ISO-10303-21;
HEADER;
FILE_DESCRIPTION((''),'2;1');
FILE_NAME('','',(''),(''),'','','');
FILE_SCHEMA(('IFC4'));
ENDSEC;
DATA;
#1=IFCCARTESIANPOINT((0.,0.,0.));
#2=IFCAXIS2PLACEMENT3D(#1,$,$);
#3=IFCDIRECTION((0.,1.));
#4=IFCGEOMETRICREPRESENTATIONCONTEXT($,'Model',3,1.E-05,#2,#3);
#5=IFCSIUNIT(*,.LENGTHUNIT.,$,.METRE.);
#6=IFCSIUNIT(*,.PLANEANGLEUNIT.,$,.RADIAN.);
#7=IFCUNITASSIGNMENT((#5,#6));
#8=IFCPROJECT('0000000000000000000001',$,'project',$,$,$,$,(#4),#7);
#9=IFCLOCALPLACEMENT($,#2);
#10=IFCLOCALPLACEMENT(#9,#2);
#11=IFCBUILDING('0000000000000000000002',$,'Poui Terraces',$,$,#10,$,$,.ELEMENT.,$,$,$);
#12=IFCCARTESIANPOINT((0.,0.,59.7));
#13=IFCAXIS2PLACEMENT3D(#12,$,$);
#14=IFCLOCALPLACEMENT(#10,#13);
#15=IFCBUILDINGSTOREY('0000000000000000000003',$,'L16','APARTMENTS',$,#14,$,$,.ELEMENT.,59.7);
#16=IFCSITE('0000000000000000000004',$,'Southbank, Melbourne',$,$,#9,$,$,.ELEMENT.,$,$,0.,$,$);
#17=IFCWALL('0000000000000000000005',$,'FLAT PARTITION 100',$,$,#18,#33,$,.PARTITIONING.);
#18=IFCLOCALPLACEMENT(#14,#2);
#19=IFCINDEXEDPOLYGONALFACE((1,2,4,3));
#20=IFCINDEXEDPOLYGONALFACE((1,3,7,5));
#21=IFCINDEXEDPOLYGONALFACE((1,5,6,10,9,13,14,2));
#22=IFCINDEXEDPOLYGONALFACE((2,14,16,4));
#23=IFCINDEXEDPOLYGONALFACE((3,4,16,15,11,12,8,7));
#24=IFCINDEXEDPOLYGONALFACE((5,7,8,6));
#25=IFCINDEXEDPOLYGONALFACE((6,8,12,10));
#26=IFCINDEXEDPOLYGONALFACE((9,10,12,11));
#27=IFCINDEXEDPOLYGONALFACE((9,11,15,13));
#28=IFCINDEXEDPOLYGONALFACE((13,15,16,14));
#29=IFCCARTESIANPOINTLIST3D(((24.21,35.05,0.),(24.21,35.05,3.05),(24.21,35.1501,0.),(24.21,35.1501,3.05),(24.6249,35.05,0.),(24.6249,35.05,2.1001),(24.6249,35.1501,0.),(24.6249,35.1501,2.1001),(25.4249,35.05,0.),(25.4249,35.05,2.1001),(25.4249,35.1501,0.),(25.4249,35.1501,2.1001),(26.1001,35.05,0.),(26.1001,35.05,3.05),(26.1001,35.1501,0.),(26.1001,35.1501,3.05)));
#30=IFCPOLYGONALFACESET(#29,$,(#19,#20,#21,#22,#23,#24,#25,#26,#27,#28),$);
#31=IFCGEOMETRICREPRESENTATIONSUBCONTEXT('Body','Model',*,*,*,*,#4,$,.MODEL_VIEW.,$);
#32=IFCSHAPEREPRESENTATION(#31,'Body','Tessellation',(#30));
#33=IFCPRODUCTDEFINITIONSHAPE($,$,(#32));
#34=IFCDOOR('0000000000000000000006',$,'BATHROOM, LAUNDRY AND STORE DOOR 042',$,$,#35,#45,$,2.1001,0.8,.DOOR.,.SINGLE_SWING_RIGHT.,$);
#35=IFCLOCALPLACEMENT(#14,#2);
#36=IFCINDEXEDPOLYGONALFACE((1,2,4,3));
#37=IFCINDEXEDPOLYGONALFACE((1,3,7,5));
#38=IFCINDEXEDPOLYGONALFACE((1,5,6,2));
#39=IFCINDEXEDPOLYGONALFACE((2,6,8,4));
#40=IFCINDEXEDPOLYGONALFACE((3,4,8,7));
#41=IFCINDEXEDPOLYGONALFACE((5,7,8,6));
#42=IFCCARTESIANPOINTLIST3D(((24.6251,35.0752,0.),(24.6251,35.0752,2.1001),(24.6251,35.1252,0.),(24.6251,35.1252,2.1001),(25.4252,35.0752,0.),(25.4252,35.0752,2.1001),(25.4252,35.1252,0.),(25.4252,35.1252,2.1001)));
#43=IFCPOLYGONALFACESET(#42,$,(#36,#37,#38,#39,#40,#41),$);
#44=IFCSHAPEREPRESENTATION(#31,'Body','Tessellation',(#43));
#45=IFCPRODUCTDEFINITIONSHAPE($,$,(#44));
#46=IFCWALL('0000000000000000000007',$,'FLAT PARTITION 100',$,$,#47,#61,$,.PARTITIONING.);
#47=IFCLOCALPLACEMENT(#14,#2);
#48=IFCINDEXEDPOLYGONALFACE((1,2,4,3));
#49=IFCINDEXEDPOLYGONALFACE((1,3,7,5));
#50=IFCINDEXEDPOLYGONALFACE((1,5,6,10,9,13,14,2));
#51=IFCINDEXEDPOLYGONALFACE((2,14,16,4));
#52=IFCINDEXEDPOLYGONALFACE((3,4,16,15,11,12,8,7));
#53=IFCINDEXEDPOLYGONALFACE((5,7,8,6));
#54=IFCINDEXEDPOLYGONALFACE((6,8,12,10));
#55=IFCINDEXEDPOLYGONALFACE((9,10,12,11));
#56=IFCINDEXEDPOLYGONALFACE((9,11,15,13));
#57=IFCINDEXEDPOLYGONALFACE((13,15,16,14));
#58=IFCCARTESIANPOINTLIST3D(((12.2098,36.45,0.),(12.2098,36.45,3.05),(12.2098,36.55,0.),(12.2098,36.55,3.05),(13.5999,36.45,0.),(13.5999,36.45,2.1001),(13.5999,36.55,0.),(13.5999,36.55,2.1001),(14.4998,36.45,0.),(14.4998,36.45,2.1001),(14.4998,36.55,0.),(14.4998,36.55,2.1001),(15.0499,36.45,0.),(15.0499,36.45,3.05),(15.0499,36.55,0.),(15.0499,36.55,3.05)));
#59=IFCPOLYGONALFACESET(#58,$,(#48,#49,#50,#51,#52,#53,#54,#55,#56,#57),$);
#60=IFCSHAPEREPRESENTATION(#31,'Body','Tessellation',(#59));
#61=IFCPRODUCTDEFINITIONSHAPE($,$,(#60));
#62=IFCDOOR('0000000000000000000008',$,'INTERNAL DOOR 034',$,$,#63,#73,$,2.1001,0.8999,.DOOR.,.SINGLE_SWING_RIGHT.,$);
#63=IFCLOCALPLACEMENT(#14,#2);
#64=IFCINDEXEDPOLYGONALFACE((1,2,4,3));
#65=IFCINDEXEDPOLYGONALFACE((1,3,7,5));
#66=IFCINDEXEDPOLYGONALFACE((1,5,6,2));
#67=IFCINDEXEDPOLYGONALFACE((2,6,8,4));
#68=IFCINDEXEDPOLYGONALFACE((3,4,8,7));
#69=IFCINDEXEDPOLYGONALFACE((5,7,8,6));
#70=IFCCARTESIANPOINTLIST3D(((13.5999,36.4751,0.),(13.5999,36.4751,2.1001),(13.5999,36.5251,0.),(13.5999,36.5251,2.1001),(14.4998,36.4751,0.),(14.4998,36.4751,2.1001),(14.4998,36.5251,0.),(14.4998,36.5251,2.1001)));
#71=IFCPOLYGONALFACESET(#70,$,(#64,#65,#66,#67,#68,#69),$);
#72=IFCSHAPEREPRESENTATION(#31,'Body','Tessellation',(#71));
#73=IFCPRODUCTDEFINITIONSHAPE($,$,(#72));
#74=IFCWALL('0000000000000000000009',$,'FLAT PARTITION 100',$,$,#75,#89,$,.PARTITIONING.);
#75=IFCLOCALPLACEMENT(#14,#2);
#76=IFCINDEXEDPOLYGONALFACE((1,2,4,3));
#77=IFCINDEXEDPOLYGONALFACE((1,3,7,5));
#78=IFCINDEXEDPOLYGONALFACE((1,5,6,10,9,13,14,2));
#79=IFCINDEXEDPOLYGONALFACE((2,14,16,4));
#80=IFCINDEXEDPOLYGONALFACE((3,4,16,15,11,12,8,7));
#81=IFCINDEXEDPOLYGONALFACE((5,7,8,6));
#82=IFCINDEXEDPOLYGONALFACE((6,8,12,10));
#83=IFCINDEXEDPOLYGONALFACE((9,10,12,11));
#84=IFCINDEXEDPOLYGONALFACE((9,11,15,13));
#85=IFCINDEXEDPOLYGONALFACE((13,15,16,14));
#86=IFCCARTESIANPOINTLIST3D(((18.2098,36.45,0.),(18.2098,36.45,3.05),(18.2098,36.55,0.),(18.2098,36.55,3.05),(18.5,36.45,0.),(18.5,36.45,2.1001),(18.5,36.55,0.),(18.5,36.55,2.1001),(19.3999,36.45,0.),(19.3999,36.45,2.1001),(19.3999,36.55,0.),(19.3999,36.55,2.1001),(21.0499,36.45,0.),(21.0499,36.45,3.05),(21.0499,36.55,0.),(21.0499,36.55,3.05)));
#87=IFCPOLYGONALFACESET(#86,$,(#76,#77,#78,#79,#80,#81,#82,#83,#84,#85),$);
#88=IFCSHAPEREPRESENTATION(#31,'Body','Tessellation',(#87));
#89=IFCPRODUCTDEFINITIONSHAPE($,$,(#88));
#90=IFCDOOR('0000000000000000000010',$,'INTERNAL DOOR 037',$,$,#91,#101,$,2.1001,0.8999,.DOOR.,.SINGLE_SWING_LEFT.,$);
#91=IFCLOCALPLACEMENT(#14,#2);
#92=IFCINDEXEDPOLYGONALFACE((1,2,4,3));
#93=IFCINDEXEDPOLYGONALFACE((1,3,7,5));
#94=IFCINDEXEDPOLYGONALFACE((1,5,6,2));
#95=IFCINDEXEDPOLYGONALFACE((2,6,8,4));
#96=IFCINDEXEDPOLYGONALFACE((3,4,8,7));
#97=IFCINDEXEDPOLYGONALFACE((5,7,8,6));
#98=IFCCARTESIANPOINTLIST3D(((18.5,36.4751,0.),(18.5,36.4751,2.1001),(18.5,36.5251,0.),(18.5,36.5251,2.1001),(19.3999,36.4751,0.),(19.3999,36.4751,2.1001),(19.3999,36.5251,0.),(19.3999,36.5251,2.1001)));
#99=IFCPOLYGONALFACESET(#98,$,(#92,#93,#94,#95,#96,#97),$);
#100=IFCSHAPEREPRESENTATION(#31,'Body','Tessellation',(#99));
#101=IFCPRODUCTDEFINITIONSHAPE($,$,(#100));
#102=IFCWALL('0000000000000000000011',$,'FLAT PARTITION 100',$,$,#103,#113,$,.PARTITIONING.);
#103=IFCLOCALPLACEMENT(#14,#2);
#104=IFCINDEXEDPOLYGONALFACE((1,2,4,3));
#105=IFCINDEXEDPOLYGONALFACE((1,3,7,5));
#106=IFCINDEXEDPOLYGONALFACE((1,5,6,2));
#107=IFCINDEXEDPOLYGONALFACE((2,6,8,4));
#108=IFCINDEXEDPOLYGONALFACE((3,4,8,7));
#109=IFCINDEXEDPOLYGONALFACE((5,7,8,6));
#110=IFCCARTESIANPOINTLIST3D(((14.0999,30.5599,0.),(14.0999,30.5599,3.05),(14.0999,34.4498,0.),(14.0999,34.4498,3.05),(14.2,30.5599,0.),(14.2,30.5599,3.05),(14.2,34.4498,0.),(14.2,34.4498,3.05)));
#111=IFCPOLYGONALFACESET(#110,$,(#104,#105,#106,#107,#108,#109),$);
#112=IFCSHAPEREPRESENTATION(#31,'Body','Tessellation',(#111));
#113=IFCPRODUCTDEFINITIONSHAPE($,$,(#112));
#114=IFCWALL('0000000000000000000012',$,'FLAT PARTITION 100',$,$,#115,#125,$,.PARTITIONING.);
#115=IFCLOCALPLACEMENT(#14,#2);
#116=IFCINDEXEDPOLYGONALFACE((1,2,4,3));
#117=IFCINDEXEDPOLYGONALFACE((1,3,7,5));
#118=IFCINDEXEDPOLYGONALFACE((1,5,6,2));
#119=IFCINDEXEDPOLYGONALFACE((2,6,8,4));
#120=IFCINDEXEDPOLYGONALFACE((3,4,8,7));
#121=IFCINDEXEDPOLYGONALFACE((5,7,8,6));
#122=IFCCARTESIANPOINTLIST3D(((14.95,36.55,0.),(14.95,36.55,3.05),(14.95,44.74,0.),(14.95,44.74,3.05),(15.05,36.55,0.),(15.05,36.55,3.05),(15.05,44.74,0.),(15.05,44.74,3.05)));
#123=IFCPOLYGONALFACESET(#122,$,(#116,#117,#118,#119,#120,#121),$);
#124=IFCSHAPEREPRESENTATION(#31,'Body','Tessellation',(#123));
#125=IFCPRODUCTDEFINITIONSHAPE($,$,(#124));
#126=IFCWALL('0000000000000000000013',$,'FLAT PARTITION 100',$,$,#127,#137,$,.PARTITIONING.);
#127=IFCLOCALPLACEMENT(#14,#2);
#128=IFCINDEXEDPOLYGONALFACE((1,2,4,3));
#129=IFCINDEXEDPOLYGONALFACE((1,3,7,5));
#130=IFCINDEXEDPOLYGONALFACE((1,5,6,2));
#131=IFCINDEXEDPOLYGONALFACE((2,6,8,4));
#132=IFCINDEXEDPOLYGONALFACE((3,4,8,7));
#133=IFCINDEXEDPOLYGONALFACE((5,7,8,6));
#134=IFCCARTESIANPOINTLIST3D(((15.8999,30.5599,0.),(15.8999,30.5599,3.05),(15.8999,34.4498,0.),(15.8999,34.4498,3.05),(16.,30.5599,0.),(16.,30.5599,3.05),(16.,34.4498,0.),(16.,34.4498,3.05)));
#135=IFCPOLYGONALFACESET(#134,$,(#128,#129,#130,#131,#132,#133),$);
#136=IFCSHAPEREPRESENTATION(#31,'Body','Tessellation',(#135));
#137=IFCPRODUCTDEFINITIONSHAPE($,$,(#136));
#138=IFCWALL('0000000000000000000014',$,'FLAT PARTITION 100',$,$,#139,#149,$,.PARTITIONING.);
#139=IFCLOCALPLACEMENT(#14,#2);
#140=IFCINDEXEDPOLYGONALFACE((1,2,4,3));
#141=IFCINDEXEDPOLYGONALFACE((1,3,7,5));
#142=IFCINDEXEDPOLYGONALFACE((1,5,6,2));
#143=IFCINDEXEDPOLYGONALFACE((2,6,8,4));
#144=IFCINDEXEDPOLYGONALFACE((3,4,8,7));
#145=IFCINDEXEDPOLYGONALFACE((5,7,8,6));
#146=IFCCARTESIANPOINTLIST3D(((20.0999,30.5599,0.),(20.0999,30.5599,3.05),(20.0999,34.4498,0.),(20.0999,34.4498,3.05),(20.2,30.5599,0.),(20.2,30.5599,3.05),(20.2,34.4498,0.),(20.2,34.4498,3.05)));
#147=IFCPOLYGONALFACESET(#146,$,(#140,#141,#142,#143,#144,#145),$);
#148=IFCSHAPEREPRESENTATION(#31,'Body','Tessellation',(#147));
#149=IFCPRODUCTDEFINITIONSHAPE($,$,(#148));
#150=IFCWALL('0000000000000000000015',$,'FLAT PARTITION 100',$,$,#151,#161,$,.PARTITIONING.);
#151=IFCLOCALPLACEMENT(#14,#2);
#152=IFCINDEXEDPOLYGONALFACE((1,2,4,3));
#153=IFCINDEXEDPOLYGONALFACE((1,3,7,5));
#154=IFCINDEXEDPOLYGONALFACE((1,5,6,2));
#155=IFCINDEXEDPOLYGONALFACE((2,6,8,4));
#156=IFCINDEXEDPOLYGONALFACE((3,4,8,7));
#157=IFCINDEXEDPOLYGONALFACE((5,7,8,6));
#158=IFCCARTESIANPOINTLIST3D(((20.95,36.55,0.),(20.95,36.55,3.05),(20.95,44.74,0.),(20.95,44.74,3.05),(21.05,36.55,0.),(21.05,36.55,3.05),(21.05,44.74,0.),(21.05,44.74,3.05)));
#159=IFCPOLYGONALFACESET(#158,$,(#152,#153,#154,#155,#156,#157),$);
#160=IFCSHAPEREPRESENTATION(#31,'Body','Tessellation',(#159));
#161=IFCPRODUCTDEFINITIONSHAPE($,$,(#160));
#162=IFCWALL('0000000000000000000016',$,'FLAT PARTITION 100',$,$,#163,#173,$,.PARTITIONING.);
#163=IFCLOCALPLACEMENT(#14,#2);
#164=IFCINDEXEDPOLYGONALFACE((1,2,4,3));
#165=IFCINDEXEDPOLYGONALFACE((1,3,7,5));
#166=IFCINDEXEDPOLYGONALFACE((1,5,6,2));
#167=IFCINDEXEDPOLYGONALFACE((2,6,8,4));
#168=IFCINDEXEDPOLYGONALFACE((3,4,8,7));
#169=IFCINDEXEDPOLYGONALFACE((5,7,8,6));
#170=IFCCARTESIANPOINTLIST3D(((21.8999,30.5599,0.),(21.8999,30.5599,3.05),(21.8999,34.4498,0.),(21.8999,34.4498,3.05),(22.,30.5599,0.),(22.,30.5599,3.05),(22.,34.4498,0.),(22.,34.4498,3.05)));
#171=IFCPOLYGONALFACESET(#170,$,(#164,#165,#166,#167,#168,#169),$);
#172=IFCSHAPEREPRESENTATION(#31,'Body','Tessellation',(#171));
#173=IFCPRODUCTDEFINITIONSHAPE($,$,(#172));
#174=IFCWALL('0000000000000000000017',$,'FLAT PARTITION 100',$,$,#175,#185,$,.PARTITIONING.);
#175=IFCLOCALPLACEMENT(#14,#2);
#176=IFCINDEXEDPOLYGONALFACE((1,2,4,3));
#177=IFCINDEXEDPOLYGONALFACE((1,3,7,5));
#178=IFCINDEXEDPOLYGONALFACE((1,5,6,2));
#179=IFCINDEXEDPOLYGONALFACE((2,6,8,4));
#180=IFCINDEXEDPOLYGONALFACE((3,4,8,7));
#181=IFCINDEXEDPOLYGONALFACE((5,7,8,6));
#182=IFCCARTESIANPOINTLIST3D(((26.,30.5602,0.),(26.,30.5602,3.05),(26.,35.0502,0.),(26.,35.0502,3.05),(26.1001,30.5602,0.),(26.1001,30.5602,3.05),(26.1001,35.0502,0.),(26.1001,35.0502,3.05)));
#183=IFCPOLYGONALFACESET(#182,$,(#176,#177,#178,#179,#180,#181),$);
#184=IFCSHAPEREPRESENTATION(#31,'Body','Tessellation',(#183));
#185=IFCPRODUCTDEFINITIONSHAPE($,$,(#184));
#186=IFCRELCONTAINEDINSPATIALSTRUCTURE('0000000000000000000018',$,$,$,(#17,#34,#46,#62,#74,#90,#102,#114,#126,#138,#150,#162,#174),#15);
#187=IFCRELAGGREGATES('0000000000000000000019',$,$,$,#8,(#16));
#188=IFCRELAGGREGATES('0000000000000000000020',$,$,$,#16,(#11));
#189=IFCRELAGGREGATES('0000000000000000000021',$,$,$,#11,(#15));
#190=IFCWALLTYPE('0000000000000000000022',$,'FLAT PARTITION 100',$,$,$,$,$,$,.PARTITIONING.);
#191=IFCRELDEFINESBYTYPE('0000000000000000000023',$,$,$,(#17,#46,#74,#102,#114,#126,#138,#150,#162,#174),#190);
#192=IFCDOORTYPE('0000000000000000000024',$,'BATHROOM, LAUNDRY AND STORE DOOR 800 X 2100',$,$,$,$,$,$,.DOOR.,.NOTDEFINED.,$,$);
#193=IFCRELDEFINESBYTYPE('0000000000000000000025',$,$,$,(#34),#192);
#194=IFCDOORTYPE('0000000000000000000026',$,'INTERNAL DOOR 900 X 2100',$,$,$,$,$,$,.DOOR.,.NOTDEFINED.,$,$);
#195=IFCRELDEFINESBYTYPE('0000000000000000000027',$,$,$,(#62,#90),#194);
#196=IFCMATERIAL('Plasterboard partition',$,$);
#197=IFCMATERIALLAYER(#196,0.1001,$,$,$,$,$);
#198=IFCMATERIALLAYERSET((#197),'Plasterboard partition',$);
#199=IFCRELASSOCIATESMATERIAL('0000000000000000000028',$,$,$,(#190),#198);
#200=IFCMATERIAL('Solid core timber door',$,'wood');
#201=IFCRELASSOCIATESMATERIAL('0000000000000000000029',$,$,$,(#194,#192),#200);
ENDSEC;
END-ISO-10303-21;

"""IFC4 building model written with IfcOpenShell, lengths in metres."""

from ifc_helpers import new_model, si_unit, direction, frame, frame_2d, origin, place, context, subcontext, project, spatial, rectangle, extrude, material, layer, layer_set, type_object, element, fill, save


model = new_model("IFC4")

# Units and contexts
model_context = context("Model", 3, precision=1e-05, world=origin(), true_north=direction((0.0, 1.0)))
body_context = subcontext(model_context, "Body", "Model", "MODEL_VIEW")
ifc_project = project(units=[si_unit("LENGTHUNIT", "METRE"), si_unit("PLANEANGLEUNIT", "RADIAN")], contexts=[model_context])

# Site, building, storey
site_placement = place(None, origin())
site = spatial("IfcSite", under=ifc_project, at=site_placement, Name="Southbank, Melbourne", CompositionType="ELEMENT", RefElevation=0.0)
building_placement = place(site_placement, origin())
building = spatial("IfcBuilding", under=site, at=building_placement, Name="Poui Terraces", CompositionType="ELEMENT")
storey_placement = place(building_placement, frame((0.0, 0.0, 59.7)))
storey = spatial("IfcBuildingStorey", under=building, at=storey_placement, Name="L16", Description="APARTMENTS", CompositionType="ELEMENT", Elevation=59.7)

# Walls, openings, doors
ifc_material_1 = material(Name="Plasterboard partition")
ifc_layer_1 = layer(ifc_material_1, 0.1001)
ifc_layer_set_1 = layer_set([ifc_layer_1], Name="Plasterboard partition")
wall_type_1 = type_object("IfcWallType", Name="FLAT PARTITION 100", PredefinedType="PARTITIONING", material=ifc_layer_set_1)
ifc_material_2 = material(Name="Solid core timber door", Category="wood")
door_type_1 = type_object("IfcDoorType", Name="INTERNAL DOOR 900 X 2100", OperationType="NOTDEFINED", PredefinedType="DOOR", material=ifc_material_2)
door_type_2 = type_object("IfcDoorType", Name="BATHROOM, LAUNDRY AND STORE DOOR 800 X 2100", OperationType="NOTDEFINED", PredefinedType="DOOR", material=ifc_material_2)
wall_1_placement = place(storey_placement, frame((24.21, 35.1001, 0.0), z_axis=(0.0, 0.0, 1.0), x_axis=(1.0, 0.0, 0.0)))
wall_1 = element("IfcWall", 1, at=wall_1_placement, inside=storey, type_object=wall_type_1, Name="FLAT PARTITION 100", PredefinedType="PARTITIONING", context=body_context, shape_type="SweptSolid", body=[
    extrude(rectangle(XDim=1.8901, YDim=0.1001, at=frame_2d((0.9451, 0.0))), origin(), (0.0, 0.0, 1.0), 3.05),
])
opening_1_placement = place(wall_1_placement, frame((0.415, 0.0, 0.0)))
opening_1 = element("IfcOpeningElement", 2, at=opening_1_placement, cuts=wall_1, PredefinedType="OPENING", context=body_context, shape_type="SweptSolid", body=[
    extrude(rectangle(XDim=0.8, YDim=2.1001, at=frame_2d((0.3999, 1.05))), frame((0.0, 0.0601, 0.0), z_axis=(0.0, -1.0, 0.0), x_axis=(1.0, 0.0, 0.0)), (0.0, 0.0, 1.0), 0.1201),
])
door_1_placement = place(opening_1_placement, frame((0.8, 0.0, 0.0), z_axis=(0.0, 0.0, 1.0), x_axis=(-1.0, 0.0, 0.0)))
door_1 = element("IfcDoor", 3, at=door_1_placement, inside=storey, type_object=door_type_2, Name="BATHROOM, LAUNDRY AND STORE DOOR 042", OperationType="SINGLE_SWING_RIGHT", OverallHeight=2.1001, OverallWidth=0.8, PredefinedType="DOOR", context=body_context, shape_type="SweptSolid", body=[
    extrude(rectangle(XDim=0.8, YDim=2.1001, at=frame_2d((0.3999, 1.05))), frame((0.0, 0.0249, 0.0), z_axis=(0.0, -1.0, 0.0), x_axis=(1.0, 0.0, 0.0)), (0.0, 0.0, 1.0), 0.05),
])
fill(opening_1, door_1)
wall_2_placement = place(storey_placement, frame((12.21, 36.5, 0.0), z_axis=(0.0, 0.0, 1.0), x_axis=(1.0, 0.0, 0.0)))
wall_2 = element("IfcWall", 4, at=wall_2_placement, inside=storey, type_object=wall_type_1, Name="FLAT PARTITION 100", PredefinedType="PARTITIONING", context=body_context, shape_type="SweptSolid", body=[
    extrude(rectangle(XDim=2.8401, YDim=0.1001, at=frame_2d((1.4199, 0.0))), origin(), (0.0, 0.0, 1.0), 3.05),
])
opening_2_placement = place(wall_2_placement, frame((1.3899, 0.0, 0.0)))
opening_2 = element("IfcOpeningElement", 5, at=opening_2_placement, cuts=wall_2, PredefinedType="OPENING", context=body_context, shape_type="SweptSolid", body=[
    extrude(rectangle(XDim=0.8999, YDim=2.1001, at=frame_2d((0.45, 1.05))), frame((0.0, 0.0601, 0.0), z_axis=(0.0, -1.0, 0.0), x_axis=(1.0, 0.0, 0.0)), (0.0, 0.0, 1.0), 0.1201),
])
door_2_placement = place(opening_2_placement, frame((0.8999, 0.0, 0.0), z_axis=(0.0, 0.0, 1.0), x_axis=(-1.0, 0.0, 0.0)))
door_2 = element("IfcDoor", 6, at=door_2_placement, inside=storey, type_object=door_type_1, Name="INTERNAL DOOR 034", OperationType="SINGLE_SWING_RIGHT", OverallHeight=2.1001, OverallWidth=0.8999, PredefinedType="DOOR", context=body_context, shape_type="SweptSolid", body=[
    extrude(rectangle(XDim=0.8999, YDim=2.1001, at=frame_2d((0.45, 1.05))), frame((0.0, 0.0249, 0.0), z_axis=(0.0, -1.0, 0.0), x_axis=(1.0, 0.0, 0.0)), (0.0, 0.0, 1.0), 0.05),
])
fill(opening_2, door_2)
wall_3_placement = place(storey_placement, frame((18.21, 36.5, 0.0), z_axis=(0.0, 0.0, 1.0), x_axis=(1.0, 0.0, 0.0)))
wall_3 = element("IfcWall", 7, at=wall_3_placement, inside=storey, type_object=wall_type_1, Name="FLAT PARTITION 100", PredefinedType="PARTITIONING", context=body_context, shape_type="SweptSolid", body=[
    extrude(rectangle(XDim=2.8401, YDim=0.1001, at=frame_2d((1.4199, 0.0))), origin(), (0.0, 0.0, 1.0), 3.05),
])
opening_3_placement = place(wall_3_placement, frame((0.29, 0.0, 0.0)))
opening_3 = element("IfcOpeningElement", 8, at=opening_3_placement, cuts=wall_3, PredefinedType="OPENING", context=body_context, shape_type="SweptSolid", body=[
    extrude(rectangle(XDim=0.8999, YDim=2.1001, at=frame_2d((0.45, 1.05))), frame((0.0, 0.0601, 0.0), z_axis=(0.0, -1.0, 0.0), x_axis=(1.0, 0.0, 0.0)), (0.0, 0.0, 1.0), 0.1201),
])
door_3_placement = place(opening_3_placement, frame((0.8999, 0.0, 0.0), z_axis=(0.0, 0.0, 1.0), x_axis=(-1.0, 0.0, 0.0)))
door_3 = element("IfcDoor", 9, at=door_3_placement, inside=storey, type_object=door_type_1, Name="INTERNAL DOOR 037", OperationType="SINGLE_SWING_LEFT", OverallHeight=2.1001, OverallWidth=0.8999, PredefinedType="DOOR", context=body_context, shape_type="SweptSolid", body=[
    extrude(rectangle(XDim=0.8999, YDim=2.1001, at=frame_2d((0.45, 1.05))), frame((0.0, 0.0249, 0.0), z_axis=(0.0, -1.0, 0.0), x_axis=(1.0, 0.0, 0.0)), (0.0, 0.0, 1.0), 0.05),
])
fill(opening_3, door_3)

# Walls
wall_4_placement = place(storey_placement, frame((14.1499, 30.5601, 0.0), z_axis=(0.0, 0.0, 1.0), x_axis=(0.0, 1.0, 0.0)))
element("IfcWall", 10, at=wall_4_placement, inside=storey, type_object=wall_type_1, Name="FLAT PARTITION 100", PredefinedType="PARTITIONING", context=body_context, shape_type="SweptSolid", body=[
    extrude(rectangle(XDim=3.8899, YDim=0.1001, at=frame_2d((1.9448, 0.0))), origin(), (0.0, 0.0, 1.0), 3.05),
])
wall_5_placement = place(storey_placement, frame((15.0, 36.55, 0.0), z_axis=(0.0, 0.0, 1.0), x_axis=(0.0, 1.0, 0.0)))
element("IfcWall", 11, at=wall_5_placement, inside=storey, type_object=wall_type_1, Name="FLAT PARTITION 100", PredefinedType="PARTITIONING", context=body_context, shape_type="SweptSolid", body=[
    extrude(rectangle(XDim=8.1899, YDim=0.1001, at=frame_2d((4.095, 0.0))), origin(), (0.0, 0.0, 1.0), 3.05),
])
for number, where, z_axis, x_axis, name in (
    (12, (15.95, 30.5601, 0.0), (0.0, 0.0, 1.0), (0.0, 1.0, 0.0), "FLAT PARTITION 100"),
    (13, (20.1499, 30.5601, 0.0), (0.0, 0.0, 1.0), (0.0, 1.0, 0.0), "FLAT PARTITION 100"),
):
    element("IfcWall", number, at=place(storey_placement, frame(where, z_axis=z_axis, x_axis=x_axis)), inside=storey, type_object=wall_type_1, Name=name, PredefinedType="PARTITIONING", context=body_context, shape_type="SweptSolid", body=[
        extrude(rectangle(XDim=3.8899, YDim=0.1001, at=frame_2d((1.9448, 0.0))), origin(), (0.0, 0.0, 1.0), 3.05),
    ])
wall_6_placement = place(storey_placement, frame((21.0, 36.55, 0.0), z_axis=(0.0, 0.0, 1.0), x_axis=(0.0, 1.0, 0.0)))
element("IfcWall", 14, at=wall_6_placement, inside=storey, type_object=wall_type_1, Name="FLAT PARTITION 100", PredefinedType="PARTITIONING", context=body_context, shape_type="SweptSolid", body=[
    extrude(rectangle(XDim=8.1899, YDim=0.1001, at=frame_2d((4.095, 0.0))), origin(), (0.0, 0.0, 1.0), 3.05),
])
wall_7_placement = place(storey_placement, frame((21.95, 30.5601, 0.0), z_axis=(0.0, 0.0, 1.0), x_axis=(0.0, 1.0, 0.0)))
element("IfcWall", 15, at=wall_7_placement, inside=storey, type_object=wall_type_1, Name="FLAT PARTITION 100", PredefinedType="PARTITIONING", context=body_context, shape_type="SweptSolid", body=[
    extrude(rectangle(XDim=3.8899, YDim=0.1001, at=frame_2d((1.9448, 0.0))), origin(), (0.0, 0.0, 1.0), 3.05),
])
wall_8_placement = place(storey_placement, frame((26.05, 30.5601, 0.0), z_axis=(0.0, 0.0, 1.0), x_axis=(0.0, 1.0, 0.0)))
element("IfcWall", 16, at=wall_8_placement, inside=storey, type_object=wall_type_1, Name="FLAT PARTITION 100", PredefinedType="PARTITIONING", context=body_context, shape_type="SweptSolid", body=[
    extrude(rectangle(XDim=4.49, YDim=0.1001, at=frame_2d((2.2451, 0.0))), origin(), (0.0, 0.0, 1.0), 3.05),
])

save(model, "model.ifc")
